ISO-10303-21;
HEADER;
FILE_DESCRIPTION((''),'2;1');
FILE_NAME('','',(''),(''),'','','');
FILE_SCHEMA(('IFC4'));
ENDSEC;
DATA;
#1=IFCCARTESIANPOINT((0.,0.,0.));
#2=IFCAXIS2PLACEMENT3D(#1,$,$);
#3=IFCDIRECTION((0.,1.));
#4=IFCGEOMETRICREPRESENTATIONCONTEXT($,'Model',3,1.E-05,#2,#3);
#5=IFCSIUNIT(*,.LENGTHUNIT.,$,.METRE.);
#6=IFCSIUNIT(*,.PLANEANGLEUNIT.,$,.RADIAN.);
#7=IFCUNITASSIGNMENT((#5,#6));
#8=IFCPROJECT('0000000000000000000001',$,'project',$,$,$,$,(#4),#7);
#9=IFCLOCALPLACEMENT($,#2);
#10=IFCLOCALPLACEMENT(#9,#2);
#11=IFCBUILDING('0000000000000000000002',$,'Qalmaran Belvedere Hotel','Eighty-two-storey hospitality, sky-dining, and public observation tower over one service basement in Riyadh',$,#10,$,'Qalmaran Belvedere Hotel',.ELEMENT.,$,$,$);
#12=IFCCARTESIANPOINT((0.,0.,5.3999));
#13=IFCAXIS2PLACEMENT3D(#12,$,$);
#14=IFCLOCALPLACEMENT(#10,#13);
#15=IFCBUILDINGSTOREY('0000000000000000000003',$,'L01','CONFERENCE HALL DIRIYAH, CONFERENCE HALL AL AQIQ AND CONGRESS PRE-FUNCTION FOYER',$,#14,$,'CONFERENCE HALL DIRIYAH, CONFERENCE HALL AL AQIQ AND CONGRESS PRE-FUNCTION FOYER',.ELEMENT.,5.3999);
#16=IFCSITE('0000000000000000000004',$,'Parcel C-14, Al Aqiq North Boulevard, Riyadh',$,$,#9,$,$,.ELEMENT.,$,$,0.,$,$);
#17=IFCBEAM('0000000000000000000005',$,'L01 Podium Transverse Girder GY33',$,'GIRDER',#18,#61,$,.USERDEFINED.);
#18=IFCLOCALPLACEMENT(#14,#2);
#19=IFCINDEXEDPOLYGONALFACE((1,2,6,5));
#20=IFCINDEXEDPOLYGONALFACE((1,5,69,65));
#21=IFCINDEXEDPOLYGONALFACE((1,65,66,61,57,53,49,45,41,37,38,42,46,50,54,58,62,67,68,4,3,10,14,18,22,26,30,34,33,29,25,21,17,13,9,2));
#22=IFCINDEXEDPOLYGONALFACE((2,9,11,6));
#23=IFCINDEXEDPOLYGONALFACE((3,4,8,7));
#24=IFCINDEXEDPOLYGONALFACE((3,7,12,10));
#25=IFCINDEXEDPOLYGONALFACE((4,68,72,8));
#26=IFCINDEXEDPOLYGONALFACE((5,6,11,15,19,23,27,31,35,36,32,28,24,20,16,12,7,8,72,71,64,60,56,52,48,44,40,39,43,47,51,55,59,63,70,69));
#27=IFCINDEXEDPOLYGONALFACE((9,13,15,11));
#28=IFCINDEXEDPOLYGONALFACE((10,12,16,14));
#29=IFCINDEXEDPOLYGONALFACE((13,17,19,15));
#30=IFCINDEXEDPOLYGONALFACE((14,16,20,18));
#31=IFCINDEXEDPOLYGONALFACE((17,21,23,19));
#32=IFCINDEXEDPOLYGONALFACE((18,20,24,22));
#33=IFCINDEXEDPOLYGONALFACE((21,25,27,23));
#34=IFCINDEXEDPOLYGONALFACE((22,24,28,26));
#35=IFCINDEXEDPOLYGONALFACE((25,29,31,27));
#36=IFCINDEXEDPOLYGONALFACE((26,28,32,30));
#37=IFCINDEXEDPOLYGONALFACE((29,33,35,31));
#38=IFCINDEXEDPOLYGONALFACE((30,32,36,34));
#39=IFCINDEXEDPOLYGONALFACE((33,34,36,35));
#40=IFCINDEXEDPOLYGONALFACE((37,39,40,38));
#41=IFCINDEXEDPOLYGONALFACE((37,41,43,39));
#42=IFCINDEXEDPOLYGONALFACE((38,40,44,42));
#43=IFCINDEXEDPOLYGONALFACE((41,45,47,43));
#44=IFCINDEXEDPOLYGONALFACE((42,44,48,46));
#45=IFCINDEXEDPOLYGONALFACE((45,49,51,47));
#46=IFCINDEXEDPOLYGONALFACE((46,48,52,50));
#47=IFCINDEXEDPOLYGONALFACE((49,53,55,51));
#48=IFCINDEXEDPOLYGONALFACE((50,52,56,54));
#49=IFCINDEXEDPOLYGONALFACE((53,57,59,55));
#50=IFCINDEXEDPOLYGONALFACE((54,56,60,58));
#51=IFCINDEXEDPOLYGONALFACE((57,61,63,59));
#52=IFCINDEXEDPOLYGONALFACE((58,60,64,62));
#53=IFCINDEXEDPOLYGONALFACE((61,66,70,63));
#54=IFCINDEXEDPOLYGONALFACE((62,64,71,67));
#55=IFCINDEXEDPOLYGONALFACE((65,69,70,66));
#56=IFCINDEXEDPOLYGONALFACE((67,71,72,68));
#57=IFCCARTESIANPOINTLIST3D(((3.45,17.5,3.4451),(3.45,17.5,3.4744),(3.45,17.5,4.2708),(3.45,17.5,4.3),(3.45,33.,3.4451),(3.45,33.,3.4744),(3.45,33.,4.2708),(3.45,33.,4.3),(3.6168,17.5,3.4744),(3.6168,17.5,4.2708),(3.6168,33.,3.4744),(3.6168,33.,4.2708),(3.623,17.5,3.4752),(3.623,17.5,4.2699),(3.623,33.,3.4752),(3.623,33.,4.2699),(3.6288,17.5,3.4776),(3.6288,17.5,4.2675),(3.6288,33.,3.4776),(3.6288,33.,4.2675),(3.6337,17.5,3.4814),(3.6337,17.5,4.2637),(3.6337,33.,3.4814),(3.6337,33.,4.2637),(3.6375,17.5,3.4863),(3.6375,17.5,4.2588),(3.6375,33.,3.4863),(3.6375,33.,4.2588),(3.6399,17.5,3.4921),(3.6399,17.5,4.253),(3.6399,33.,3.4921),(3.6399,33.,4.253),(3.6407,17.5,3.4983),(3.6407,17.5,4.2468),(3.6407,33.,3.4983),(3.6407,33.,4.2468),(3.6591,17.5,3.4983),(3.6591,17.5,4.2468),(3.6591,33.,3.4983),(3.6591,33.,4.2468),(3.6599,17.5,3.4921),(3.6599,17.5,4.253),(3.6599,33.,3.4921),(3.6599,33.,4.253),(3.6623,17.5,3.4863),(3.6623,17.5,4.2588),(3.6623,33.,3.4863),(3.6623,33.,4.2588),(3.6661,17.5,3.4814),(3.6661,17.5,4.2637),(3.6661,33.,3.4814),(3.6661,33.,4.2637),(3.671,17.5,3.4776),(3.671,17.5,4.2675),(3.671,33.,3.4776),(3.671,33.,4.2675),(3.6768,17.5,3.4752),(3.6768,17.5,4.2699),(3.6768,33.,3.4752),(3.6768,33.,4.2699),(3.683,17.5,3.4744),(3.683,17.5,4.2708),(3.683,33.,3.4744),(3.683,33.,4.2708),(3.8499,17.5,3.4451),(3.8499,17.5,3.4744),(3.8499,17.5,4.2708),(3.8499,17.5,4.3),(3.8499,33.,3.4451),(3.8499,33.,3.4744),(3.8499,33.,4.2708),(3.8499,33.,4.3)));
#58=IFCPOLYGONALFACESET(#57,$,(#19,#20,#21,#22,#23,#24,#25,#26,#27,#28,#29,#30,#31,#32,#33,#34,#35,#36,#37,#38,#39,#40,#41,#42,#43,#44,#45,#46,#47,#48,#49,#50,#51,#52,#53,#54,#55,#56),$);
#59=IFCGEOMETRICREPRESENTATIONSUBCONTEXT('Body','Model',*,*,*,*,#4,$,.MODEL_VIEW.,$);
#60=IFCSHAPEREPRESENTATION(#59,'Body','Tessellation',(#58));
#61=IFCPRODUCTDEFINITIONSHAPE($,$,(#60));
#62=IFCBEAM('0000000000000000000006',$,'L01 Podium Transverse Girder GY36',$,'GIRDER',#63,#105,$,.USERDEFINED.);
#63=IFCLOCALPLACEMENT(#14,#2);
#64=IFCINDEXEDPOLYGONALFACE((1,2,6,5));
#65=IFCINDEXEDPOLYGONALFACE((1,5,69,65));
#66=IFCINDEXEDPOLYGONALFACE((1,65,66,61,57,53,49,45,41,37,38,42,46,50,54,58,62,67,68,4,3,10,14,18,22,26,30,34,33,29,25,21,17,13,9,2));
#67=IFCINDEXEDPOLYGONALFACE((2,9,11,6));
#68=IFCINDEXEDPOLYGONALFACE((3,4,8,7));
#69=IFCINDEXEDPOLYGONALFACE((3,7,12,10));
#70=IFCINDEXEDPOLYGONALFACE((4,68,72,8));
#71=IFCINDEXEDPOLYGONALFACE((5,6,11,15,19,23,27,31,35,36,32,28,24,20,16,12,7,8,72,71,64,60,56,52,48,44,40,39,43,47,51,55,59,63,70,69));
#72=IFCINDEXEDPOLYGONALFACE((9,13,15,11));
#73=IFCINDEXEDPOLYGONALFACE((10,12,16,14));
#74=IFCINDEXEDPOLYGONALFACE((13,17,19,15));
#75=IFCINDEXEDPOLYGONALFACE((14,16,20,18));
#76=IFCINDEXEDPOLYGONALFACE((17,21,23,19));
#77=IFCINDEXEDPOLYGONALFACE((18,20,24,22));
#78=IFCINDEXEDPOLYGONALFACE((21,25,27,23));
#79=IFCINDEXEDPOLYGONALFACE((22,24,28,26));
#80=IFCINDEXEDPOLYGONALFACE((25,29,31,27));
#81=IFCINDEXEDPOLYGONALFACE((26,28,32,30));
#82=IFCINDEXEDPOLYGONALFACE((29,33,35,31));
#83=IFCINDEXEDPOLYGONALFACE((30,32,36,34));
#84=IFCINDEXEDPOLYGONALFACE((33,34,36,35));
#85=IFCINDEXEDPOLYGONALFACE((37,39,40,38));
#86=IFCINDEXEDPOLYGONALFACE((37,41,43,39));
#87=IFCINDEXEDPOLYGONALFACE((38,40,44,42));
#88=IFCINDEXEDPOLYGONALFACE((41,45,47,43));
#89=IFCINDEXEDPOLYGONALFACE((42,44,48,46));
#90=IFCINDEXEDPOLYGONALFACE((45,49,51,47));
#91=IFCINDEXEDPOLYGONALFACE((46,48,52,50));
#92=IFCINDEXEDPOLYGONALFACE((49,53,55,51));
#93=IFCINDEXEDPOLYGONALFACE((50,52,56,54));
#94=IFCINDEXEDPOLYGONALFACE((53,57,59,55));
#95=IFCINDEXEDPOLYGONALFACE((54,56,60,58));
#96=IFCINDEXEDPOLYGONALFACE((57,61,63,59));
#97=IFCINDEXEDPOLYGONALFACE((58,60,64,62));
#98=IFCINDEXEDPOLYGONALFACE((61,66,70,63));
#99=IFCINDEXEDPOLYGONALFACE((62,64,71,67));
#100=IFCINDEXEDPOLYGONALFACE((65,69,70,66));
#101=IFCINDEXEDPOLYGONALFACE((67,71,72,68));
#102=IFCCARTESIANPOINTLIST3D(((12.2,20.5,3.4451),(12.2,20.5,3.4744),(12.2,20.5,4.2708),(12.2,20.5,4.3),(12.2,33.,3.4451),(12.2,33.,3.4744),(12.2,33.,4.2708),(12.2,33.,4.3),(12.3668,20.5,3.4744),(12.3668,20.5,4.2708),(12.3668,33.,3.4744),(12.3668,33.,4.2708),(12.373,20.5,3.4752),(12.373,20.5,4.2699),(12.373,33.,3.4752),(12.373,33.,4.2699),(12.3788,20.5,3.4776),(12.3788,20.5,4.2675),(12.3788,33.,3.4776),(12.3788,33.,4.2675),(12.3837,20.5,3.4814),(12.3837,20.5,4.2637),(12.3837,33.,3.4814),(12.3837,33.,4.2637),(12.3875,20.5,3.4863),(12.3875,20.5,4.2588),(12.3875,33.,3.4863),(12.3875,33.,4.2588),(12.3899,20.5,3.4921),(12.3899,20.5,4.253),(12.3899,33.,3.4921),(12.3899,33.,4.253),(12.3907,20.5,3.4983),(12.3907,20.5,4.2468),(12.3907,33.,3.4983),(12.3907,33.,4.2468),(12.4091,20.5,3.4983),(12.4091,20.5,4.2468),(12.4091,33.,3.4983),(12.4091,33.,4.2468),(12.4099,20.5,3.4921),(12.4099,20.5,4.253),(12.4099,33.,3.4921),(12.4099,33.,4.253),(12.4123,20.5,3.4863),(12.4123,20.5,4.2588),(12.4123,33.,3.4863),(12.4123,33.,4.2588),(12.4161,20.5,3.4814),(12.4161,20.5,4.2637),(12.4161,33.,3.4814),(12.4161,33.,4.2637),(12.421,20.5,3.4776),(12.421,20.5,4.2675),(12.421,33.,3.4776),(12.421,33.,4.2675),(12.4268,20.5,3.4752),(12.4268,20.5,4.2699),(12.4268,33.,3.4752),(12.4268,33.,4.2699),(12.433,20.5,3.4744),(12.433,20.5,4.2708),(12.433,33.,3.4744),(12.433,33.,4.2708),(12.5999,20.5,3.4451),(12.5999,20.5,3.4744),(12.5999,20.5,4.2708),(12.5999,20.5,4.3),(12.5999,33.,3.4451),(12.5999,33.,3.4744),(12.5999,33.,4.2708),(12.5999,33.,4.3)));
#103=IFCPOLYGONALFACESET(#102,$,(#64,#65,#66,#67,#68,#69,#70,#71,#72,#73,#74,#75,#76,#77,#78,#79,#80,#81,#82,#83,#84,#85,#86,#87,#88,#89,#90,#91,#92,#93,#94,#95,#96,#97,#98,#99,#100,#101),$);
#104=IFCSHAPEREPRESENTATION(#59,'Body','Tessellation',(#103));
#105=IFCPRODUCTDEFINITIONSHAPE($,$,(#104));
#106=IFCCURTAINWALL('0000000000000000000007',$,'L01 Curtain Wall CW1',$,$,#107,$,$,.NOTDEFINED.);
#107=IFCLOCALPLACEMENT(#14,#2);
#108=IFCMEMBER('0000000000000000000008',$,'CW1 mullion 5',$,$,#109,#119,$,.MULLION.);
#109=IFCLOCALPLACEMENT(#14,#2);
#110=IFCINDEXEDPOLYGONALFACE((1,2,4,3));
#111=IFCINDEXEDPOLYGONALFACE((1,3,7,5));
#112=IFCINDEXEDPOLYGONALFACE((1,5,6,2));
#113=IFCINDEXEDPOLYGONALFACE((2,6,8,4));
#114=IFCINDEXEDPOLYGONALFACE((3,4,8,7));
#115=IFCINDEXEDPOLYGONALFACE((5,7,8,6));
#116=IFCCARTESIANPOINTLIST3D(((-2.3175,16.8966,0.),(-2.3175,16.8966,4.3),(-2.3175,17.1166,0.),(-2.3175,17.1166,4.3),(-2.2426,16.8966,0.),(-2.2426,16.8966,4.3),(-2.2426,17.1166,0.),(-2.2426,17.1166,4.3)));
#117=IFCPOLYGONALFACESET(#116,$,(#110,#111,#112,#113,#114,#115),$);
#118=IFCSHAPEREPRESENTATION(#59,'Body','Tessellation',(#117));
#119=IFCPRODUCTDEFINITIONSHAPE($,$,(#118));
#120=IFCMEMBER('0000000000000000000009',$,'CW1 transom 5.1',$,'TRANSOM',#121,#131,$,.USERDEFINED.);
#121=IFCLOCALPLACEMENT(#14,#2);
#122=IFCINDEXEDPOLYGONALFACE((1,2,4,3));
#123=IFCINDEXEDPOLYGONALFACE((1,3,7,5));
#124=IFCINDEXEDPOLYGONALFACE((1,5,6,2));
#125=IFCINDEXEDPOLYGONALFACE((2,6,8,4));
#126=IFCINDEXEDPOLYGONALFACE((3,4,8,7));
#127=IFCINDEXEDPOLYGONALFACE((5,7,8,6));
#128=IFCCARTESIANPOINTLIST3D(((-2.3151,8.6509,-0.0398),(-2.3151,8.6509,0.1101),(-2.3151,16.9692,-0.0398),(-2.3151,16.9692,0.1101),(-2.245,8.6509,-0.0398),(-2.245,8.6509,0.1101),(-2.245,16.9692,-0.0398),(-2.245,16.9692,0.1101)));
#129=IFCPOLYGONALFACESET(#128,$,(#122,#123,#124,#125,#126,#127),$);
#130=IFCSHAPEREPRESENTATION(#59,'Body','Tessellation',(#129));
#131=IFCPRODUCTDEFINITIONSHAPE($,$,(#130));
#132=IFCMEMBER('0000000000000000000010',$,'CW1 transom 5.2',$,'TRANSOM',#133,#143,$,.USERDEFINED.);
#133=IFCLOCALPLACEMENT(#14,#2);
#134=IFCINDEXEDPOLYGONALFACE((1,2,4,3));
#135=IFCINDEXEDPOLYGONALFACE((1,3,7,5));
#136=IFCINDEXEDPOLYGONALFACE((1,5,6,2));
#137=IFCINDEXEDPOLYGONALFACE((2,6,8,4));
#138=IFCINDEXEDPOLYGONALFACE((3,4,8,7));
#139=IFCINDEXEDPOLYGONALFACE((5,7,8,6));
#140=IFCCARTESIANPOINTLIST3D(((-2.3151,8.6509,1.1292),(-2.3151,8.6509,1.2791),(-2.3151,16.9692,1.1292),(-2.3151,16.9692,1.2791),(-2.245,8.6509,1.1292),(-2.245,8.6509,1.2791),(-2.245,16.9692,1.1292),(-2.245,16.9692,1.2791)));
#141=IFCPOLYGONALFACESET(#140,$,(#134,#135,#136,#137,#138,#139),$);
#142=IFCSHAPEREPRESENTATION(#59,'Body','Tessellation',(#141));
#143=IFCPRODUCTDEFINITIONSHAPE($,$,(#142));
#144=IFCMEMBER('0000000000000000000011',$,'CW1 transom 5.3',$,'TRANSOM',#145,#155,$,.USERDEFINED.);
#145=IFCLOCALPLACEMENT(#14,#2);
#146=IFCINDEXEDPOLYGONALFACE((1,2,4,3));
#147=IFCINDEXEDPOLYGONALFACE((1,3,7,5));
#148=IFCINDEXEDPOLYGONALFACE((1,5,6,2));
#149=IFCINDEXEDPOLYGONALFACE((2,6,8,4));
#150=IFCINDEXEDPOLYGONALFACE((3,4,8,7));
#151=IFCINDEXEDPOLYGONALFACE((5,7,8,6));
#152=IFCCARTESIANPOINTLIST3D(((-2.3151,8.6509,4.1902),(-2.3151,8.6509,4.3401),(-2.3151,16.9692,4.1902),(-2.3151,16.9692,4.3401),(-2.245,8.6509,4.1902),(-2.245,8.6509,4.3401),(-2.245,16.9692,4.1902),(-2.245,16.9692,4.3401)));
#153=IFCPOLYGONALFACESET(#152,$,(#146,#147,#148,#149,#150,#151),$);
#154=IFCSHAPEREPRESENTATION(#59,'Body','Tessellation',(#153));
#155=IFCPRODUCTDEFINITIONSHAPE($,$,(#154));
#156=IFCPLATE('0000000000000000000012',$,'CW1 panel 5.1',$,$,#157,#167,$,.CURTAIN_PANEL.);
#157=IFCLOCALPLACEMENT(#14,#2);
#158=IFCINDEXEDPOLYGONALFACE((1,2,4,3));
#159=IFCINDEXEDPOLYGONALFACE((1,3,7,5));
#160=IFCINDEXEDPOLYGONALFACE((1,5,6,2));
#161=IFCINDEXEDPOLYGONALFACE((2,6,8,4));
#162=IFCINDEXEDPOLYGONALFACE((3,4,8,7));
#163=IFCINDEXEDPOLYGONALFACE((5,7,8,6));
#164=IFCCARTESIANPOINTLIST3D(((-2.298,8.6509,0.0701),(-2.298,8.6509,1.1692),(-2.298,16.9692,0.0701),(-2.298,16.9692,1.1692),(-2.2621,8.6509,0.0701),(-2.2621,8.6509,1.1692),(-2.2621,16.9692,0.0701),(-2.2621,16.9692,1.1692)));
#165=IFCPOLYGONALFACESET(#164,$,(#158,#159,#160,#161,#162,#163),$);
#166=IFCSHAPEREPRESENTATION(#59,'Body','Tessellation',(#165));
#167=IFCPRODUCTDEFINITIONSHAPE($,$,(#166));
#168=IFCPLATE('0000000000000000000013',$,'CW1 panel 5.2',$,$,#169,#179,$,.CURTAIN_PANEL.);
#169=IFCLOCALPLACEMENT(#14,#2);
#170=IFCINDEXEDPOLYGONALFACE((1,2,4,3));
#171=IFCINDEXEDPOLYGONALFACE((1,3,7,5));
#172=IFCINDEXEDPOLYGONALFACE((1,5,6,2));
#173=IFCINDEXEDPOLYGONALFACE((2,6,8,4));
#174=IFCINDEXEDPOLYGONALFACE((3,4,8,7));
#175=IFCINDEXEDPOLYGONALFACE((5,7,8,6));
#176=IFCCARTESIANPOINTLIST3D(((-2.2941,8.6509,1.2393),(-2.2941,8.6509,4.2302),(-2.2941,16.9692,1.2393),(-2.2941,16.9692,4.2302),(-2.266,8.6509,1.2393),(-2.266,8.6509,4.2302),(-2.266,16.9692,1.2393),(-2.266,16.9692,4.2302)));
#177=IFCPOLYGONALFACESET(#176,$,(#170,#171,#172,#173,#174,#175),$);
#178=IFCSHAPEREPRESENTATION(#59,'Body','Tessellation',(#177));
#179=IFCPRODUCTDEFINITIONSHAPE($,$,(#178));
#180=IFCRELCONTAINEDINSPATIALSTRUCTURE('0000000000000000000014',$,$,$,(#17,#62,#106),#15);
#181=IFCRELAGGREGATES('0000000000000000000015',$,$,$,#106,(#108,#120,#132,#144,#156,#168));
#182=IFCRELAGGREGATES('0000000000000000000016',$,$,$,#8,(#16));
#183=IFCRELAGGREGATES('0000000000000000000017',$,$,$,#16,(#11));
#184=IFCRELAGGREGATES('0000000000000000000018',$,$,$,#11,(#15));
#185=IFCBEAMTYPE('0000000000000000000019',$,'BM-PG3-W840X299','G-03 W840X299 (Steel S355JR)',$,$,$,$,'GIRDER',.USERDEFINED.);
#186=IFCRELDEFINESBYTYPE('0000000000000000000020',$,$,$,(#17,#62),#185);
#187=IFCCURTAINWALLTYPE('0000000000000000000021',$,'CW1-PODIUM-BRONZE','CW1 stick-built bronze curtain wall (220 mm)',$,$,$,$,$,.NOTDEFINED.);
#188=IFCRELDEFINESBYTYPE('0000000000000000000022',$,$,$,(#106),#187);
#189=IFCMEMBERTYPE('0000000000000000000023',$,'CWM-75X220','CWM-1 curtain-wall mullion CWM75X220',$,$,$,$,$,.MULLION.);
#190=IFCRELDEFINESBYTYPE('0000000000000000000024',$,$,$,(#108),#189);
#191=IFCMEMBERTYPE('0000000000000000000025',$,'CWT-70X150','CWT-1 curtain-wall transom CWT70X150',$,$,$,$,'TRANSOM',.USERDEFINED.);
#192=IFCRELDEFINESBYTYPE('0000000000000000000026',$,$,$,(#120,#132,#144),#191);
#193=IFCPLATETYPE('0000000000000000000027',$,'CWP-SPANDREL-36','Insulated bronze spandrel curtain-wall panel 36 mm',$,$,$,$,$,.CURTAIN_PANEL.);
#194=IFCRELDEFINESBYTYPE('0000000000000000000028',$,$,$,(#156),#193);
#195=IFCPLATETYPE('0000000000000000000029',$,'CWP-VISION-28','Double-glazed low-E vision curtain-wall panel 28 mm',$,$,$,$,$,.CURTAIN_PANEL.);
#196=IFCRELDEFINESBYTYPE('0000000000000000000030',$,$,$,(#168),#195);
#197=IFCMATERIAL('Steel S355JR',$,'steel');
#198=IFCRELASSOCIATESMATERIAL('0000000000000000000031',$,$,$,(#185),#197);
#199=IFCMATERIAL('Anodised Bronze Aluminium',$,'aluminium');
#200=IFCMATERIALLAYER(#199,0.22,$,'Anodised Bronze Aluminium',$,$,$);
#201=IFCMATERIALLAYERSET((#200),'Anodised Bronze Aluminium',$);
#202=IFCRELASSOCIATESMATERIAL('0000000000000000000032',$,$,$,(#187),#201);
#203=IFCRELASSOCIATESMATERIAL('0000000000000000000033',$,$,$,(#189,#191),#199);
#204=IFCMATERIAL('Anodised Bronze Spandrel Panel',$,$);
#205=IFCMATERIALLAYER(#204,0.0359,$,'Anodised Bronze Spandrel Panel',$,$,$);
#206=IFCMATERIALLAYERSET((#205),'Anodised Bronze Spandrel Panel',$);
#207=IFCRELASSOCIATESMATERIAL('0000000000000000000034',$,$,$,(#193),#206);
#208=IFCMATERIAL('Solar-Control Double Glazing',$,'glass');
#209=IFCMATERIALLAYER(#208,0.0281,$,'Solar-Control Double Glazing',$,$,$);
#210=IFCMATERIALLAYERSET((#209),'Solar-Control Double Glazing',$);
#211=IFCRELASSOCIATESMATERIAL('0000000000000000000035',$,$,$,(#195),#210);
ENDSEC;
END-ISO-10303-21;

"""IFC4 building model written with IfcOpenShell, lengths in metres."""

from ifc_helpers import new_model, si_unit, direction, frame, origin, origin_2d, place, context, subcontext, project, spatial, rectangle, i_section, extrude, material, layer, layer_set, material_profile, profile_set, type_object, element, aggregate, save


model = new_model("IFC4")

# Units and contexts
model_context = context("Model", 3, precision=1e-05, world=origin(), true_north=direction((0.0, 1.0)))
body_context = subcontext(model_context, "Body", "Model", "MODEL_VIEW")
ifc_project = project(units=[si_unit("LENGTHUNIT", "METRE"), si_unit("PLANEANGLEUNIT", "RADIAN")], contexts=[model_context])

# Site, building, storey
site_placement = place(None, origin())
site = spatial("IfcSite", under=ifc_project, at=site_placement, Name="Parcel C-14, Al Aqiq North Boulevard, Riyadh", CompositionType="ELEMENT", RefElevation=0.0)
building_placement = place(site_placement, origin())
building = spatial("IfcBuilding", under=site, at=building_placement, Name="Qalmaran Belvedere Hotel", Description="Eighty-two-storey hospitality, sky-dining, and public observation tower over one service basement in Riyadh", LongName="Qalmaran Belvedere Hotel", CompositionType="ELEMENT")
storey_placement = place(building_placement, frame((0.0, 0.0, 5.3999)))
storey = spatial("IfcBuildingStorey", under=building, at=storey_placement, Name="L01", Description="CONFERENCE HALL DIRIYAH, CONFERENCE HALL AL AQIQ AND CONGRESS PRE-FUNCTION FOYER", LongName="CONFERENCE HALL DIRIYAH, CONFERENCE HALL AL AQIQ AND CONGRESS PRE-FUNCTION FOYER", CompositionType="ELEMENT", Elevation=5.3999)

# Beams
ifc_material_1 = material(Name="Steel S355JR", Category="steel")
ifc_material_profile_1 = material_profile(ifc_material_1, i_section(OverallWidth=0.3999, OverallDepth=0.855, WebThickness=0.0183, FlangeThickness=0.0293, FilletRadius=0.0239, at=origin_2d()), Name="W840X299")
ifc_profile_set_1 = profile_set([ifc_material_profile_1], Name="Steel S355JR")
beam_type_1 = type_object("IfcBeamType", Name="BM-PG3-W840X299", Description="G-03 W840X299 (Steel S355JR)", ElementType="GIRDER", PredefinedType="USERDEFINED", material=ifc_profile_set_1)
beam_1_placement = place(storey_placement, frame((3.6499, 17.5, 3.8726), z_axis=(0.0, 1.0, 0.0), x_axis=(-1.0, 0.0, 0.0)))
element("IfcBeam", 1, at=beam_1_placement, inside=storey, type_object=beam_type_1, Name="L01 Podium Transverse Girder GY33", ObjectType="GIRDER", PredefinedType="USERDEFINED", context=body_context, shape_type="SweptSolid", body=[
    extrude(i_section(OverallWidth=0.3999, OverallDepth=0.855, WebThickness=0.0183, FlangeThickness=0.0293, FilletRadius=0.0239, at=origin_2d()), origin(), (0.0, 0.0, 1.0), 15.5),
])
beam_2_placement = place(storey_placement, frame((12.3999, 20.5, 3.8726), z_axis=(0.0, 1.0, 0.0), x_axis=(-1.0, 0.0, 0.0)))
element("IfcBeam", 2, at=beam_2_placement, inside=storey, type_object=beam_type_1, Name="L01 Podium Transverse Girder GY36", ObjectType="GIRDER", PredefinedType="USERDEFINED", context=body_context, shape_type="SweptSolid", body=[
    extrude(i_section(OverallWidth=0.3999, OverallDepth=0.855, WebThickness=0.0183, FlangeThickness=0.0293, FilletRadius=0.0239, at=origin_2d()), origin(), (0.0, 0.0, 1.0), 12.5),
])

# Curtain wall, members, plates
ifc_material_2 = material(Name="Anodised Bronze Aluminium", Category="aluminium")
ifc_layer_1 = layer(ifc_material_2, 0.22, Name="Anodised Bronze Aluminium")
ifc_layer_set_1 = layer_set([ifc_layer_1], Name="Anodised Bronze Aluminium")
curtain_wall_type = type_object("IfcCurtainWallType", Name="CW1-PODIUM-BRONZE", Description="CW1 stick-built bronze curtain wall (220 mm)", PredefinedType="NOTDEFINED", material=ifc_layer_set_1)
curtain_wall_placement = place(storey_placement, origin())
curtain_wall = element("IfcCurtainWall", 3, at=curtain_wall_placement, inside=storey, type_object=curtain_wall_type, Name="L01 Curtain Wall CW1", PredefinedType="NOTDEFINED")
ifc_material_profile_2 = material_profile(ifc_material_2, rectangle(XDim=0.075, YDim=0.22, at=origin_2d()), Name="CWM75X220")
ifc_profile_set_2 = profile_set([ifc_material_profile_2], Name="Anodised Bronze Aluminium")
member_type_1 = type_object("IfcMemberType", Name="CWM-75X220", Description="CWM-1 curtain-wall mullion CWM75X220", PredefinedType="MULLION", material=ifc_profile_set_2)
member_1_placement = place(storey_placement, frame((-2.28, 17.0066, 0.0), z_axis=(0.0, 0.0, 1.0), x_axis=(1.0, 0.0, 0.0)))
member_1 = element("IfcMember", 4, at=member_1_placement, type_object=member_type_1, Name="CW1 mullion 5", PredefinedType="MULLION", context=body_context, shape_type="SweptSolid", body=[
    extrude(rectangle(XDim=0.075, YDim=0.22, at=origin_2d()), origin(), (0.0, 0.0, 1.0), 4.3),
])
ifc_material_profile_3 = material_profile(ifc_material_2, rectangle(XDim=0.0701, YDim=0.1499, at=origin_2d()), Name="CWT70X150")
ifc_profile_set_3 = profile_set([ifc_material_profile_3], Name="Anodised Bronze Aluminium")
member_type_2 = type_object("IfcMemberType", Name="CWT-70X150", Description="CWT-1 curtain-wall transom CWT70X150", ElementType="TRANSOM", PredefinedType="USERDEFINED", material=ifc_profile_set_3)
member_2_placement = place(storey_placement, frame((-2.28, 16.9692, 0.0352), z_axis=(0.0, -1.0, 0.0), x_axis=(1.0, 0.0, 0.0)))
member_2 = element("IfcMember", 5, at=member_2_placement, type_object=member_type_2, Name="CW1 transom 5.1", ObjectType="TRANSOM", PredefinedType="USERDEFINED", context=body_context, shape_type="SweptSolid", body=[
    extrude(rectangle(XDim=0.0701, YDim=0.1499, at=origin_2d()), origin(), (0.0, 0.0, 1.0), 8.3184),
])
member_3_placement = place(storey_placement, frame((-2.28, 16.9692, 1.2041), z_axis=(0.0, -1.0, 0.0), x_axis=(1.0, 0.0, 0.0)))
member_3 = element("IfcMember", 6, at=member_3_placement, type_object=member_type_2, Name="CW1 transom 5.2", ObjectType="TRANSOM", PredefinedType="USERDEFINED", context=body_context, shape_type="SweptSolid", body=[
    extrude(rectangle(XDim=0.0701, YDim=0.1499, at=origin_2d()), origin(), (0.0, 0.0, 1.0), 8.3184),
])
member_4_placement = place(storey_placement, frame((-2.28, 16.9692, 4.2651), z_axis=(0.0, -1.0, 0.0), x_axis=(1.0, 0.0, 0.0)))
member_4 = element("IfcMember", 7, at=member_4_placement, type_object=member_type_2, Name="CW1 transom 5.3", ObjectType="TRANSOM", PredefinedType="USERDEFINED", context=body_context, shape_type="SweptSolid", body=[
    extrude(rectangle(XDim=0.0701, YDim=0.1499, at=origin_2d()), origin(), (0.0, 0.0, 1.0), 8.3184),
])
ifc_material_3 = material(Name="Anodised Bronze Spandrel Panel")
ifc_layer_2 = layer(ifc_material_3, 0.0359, Name="Anodised Bronze Spandrel Panel")
ifc_layer_set_2 = layer_set([ifc_layer_2], Name="Anodised Bronze Spandrel Panel")
plate_type_1 = type_object("IfcPlateType", Name="CWP-SPANDREL-36", Description="Insulated bronze spandrel curtain-wall panel 36 mm", PredefinedType="CURTAIN_PANEL", material=ifc_layer_set_2)
plate_1_placement = place(storey_placement, frame((-2.28, 12.8101, 0.0701), z_axis=(0.0, 0.0, 1.0), x_axis=(0.0, -1.0, 0.0)))
plate_1 = element("IfcPlate", 8, at=plate_1_placement, type_object=plate_type_1, Name="CW1 panel 5.1", PredefinedType="CURTAIN_PANEL", context=body_context, shape_type="SweptSolid", body=[
    extrude(rectangle(XDim=8.3184, YDim=0.0359, at=origin_2d()), origin(), (0.0, 0.0, 1.0), 1.0991),
])
ifc_material_4 = material(Name="Solar-Control Double Glazing", Category="glass")
ifc_layer_3 = layer(ifc_material_4, 0.0281, Name="Solar-Control Double Glazing")
ifc_layer_set_3 = layer_set([ifc_layer_3], Name="Solar-Control Double Glazing")
plate_type_2 = type_object("IfcPlateType", Name="CWP-VISION-28", Description="Double-glazed low-E vision curtain-wall panel 28 mm", PredefinedType="CURTAIN_PANEL", material=ifc_layer_set_3)
plate_2_placement = place(storey_placement, frame((-2.28, 12.8101, 1.2393), z_axis=(0.0, 0.0, 1.0), x_axis=(0.0, -1.0, 0.0)))
plate_2 = element("IfcPlate", 9, at=plate_2_placement, type_object=plate_type_2, Name="CW1 panel 5.2", PredefinedType="CURTAIN_PANEL", context=body_context, shape_type="SweptSolid", body=[
    extrude(rectangle(XDim=8.3184, YDim=0.0281, at=origin_2d()), origin(), (0.0, 0.0, 1.0), 2.991),
])
aggregate(curtain_wall, [member_1, member_2, member_3, member_4, plate_1, plate_2])

save(model, "model.ifc")
